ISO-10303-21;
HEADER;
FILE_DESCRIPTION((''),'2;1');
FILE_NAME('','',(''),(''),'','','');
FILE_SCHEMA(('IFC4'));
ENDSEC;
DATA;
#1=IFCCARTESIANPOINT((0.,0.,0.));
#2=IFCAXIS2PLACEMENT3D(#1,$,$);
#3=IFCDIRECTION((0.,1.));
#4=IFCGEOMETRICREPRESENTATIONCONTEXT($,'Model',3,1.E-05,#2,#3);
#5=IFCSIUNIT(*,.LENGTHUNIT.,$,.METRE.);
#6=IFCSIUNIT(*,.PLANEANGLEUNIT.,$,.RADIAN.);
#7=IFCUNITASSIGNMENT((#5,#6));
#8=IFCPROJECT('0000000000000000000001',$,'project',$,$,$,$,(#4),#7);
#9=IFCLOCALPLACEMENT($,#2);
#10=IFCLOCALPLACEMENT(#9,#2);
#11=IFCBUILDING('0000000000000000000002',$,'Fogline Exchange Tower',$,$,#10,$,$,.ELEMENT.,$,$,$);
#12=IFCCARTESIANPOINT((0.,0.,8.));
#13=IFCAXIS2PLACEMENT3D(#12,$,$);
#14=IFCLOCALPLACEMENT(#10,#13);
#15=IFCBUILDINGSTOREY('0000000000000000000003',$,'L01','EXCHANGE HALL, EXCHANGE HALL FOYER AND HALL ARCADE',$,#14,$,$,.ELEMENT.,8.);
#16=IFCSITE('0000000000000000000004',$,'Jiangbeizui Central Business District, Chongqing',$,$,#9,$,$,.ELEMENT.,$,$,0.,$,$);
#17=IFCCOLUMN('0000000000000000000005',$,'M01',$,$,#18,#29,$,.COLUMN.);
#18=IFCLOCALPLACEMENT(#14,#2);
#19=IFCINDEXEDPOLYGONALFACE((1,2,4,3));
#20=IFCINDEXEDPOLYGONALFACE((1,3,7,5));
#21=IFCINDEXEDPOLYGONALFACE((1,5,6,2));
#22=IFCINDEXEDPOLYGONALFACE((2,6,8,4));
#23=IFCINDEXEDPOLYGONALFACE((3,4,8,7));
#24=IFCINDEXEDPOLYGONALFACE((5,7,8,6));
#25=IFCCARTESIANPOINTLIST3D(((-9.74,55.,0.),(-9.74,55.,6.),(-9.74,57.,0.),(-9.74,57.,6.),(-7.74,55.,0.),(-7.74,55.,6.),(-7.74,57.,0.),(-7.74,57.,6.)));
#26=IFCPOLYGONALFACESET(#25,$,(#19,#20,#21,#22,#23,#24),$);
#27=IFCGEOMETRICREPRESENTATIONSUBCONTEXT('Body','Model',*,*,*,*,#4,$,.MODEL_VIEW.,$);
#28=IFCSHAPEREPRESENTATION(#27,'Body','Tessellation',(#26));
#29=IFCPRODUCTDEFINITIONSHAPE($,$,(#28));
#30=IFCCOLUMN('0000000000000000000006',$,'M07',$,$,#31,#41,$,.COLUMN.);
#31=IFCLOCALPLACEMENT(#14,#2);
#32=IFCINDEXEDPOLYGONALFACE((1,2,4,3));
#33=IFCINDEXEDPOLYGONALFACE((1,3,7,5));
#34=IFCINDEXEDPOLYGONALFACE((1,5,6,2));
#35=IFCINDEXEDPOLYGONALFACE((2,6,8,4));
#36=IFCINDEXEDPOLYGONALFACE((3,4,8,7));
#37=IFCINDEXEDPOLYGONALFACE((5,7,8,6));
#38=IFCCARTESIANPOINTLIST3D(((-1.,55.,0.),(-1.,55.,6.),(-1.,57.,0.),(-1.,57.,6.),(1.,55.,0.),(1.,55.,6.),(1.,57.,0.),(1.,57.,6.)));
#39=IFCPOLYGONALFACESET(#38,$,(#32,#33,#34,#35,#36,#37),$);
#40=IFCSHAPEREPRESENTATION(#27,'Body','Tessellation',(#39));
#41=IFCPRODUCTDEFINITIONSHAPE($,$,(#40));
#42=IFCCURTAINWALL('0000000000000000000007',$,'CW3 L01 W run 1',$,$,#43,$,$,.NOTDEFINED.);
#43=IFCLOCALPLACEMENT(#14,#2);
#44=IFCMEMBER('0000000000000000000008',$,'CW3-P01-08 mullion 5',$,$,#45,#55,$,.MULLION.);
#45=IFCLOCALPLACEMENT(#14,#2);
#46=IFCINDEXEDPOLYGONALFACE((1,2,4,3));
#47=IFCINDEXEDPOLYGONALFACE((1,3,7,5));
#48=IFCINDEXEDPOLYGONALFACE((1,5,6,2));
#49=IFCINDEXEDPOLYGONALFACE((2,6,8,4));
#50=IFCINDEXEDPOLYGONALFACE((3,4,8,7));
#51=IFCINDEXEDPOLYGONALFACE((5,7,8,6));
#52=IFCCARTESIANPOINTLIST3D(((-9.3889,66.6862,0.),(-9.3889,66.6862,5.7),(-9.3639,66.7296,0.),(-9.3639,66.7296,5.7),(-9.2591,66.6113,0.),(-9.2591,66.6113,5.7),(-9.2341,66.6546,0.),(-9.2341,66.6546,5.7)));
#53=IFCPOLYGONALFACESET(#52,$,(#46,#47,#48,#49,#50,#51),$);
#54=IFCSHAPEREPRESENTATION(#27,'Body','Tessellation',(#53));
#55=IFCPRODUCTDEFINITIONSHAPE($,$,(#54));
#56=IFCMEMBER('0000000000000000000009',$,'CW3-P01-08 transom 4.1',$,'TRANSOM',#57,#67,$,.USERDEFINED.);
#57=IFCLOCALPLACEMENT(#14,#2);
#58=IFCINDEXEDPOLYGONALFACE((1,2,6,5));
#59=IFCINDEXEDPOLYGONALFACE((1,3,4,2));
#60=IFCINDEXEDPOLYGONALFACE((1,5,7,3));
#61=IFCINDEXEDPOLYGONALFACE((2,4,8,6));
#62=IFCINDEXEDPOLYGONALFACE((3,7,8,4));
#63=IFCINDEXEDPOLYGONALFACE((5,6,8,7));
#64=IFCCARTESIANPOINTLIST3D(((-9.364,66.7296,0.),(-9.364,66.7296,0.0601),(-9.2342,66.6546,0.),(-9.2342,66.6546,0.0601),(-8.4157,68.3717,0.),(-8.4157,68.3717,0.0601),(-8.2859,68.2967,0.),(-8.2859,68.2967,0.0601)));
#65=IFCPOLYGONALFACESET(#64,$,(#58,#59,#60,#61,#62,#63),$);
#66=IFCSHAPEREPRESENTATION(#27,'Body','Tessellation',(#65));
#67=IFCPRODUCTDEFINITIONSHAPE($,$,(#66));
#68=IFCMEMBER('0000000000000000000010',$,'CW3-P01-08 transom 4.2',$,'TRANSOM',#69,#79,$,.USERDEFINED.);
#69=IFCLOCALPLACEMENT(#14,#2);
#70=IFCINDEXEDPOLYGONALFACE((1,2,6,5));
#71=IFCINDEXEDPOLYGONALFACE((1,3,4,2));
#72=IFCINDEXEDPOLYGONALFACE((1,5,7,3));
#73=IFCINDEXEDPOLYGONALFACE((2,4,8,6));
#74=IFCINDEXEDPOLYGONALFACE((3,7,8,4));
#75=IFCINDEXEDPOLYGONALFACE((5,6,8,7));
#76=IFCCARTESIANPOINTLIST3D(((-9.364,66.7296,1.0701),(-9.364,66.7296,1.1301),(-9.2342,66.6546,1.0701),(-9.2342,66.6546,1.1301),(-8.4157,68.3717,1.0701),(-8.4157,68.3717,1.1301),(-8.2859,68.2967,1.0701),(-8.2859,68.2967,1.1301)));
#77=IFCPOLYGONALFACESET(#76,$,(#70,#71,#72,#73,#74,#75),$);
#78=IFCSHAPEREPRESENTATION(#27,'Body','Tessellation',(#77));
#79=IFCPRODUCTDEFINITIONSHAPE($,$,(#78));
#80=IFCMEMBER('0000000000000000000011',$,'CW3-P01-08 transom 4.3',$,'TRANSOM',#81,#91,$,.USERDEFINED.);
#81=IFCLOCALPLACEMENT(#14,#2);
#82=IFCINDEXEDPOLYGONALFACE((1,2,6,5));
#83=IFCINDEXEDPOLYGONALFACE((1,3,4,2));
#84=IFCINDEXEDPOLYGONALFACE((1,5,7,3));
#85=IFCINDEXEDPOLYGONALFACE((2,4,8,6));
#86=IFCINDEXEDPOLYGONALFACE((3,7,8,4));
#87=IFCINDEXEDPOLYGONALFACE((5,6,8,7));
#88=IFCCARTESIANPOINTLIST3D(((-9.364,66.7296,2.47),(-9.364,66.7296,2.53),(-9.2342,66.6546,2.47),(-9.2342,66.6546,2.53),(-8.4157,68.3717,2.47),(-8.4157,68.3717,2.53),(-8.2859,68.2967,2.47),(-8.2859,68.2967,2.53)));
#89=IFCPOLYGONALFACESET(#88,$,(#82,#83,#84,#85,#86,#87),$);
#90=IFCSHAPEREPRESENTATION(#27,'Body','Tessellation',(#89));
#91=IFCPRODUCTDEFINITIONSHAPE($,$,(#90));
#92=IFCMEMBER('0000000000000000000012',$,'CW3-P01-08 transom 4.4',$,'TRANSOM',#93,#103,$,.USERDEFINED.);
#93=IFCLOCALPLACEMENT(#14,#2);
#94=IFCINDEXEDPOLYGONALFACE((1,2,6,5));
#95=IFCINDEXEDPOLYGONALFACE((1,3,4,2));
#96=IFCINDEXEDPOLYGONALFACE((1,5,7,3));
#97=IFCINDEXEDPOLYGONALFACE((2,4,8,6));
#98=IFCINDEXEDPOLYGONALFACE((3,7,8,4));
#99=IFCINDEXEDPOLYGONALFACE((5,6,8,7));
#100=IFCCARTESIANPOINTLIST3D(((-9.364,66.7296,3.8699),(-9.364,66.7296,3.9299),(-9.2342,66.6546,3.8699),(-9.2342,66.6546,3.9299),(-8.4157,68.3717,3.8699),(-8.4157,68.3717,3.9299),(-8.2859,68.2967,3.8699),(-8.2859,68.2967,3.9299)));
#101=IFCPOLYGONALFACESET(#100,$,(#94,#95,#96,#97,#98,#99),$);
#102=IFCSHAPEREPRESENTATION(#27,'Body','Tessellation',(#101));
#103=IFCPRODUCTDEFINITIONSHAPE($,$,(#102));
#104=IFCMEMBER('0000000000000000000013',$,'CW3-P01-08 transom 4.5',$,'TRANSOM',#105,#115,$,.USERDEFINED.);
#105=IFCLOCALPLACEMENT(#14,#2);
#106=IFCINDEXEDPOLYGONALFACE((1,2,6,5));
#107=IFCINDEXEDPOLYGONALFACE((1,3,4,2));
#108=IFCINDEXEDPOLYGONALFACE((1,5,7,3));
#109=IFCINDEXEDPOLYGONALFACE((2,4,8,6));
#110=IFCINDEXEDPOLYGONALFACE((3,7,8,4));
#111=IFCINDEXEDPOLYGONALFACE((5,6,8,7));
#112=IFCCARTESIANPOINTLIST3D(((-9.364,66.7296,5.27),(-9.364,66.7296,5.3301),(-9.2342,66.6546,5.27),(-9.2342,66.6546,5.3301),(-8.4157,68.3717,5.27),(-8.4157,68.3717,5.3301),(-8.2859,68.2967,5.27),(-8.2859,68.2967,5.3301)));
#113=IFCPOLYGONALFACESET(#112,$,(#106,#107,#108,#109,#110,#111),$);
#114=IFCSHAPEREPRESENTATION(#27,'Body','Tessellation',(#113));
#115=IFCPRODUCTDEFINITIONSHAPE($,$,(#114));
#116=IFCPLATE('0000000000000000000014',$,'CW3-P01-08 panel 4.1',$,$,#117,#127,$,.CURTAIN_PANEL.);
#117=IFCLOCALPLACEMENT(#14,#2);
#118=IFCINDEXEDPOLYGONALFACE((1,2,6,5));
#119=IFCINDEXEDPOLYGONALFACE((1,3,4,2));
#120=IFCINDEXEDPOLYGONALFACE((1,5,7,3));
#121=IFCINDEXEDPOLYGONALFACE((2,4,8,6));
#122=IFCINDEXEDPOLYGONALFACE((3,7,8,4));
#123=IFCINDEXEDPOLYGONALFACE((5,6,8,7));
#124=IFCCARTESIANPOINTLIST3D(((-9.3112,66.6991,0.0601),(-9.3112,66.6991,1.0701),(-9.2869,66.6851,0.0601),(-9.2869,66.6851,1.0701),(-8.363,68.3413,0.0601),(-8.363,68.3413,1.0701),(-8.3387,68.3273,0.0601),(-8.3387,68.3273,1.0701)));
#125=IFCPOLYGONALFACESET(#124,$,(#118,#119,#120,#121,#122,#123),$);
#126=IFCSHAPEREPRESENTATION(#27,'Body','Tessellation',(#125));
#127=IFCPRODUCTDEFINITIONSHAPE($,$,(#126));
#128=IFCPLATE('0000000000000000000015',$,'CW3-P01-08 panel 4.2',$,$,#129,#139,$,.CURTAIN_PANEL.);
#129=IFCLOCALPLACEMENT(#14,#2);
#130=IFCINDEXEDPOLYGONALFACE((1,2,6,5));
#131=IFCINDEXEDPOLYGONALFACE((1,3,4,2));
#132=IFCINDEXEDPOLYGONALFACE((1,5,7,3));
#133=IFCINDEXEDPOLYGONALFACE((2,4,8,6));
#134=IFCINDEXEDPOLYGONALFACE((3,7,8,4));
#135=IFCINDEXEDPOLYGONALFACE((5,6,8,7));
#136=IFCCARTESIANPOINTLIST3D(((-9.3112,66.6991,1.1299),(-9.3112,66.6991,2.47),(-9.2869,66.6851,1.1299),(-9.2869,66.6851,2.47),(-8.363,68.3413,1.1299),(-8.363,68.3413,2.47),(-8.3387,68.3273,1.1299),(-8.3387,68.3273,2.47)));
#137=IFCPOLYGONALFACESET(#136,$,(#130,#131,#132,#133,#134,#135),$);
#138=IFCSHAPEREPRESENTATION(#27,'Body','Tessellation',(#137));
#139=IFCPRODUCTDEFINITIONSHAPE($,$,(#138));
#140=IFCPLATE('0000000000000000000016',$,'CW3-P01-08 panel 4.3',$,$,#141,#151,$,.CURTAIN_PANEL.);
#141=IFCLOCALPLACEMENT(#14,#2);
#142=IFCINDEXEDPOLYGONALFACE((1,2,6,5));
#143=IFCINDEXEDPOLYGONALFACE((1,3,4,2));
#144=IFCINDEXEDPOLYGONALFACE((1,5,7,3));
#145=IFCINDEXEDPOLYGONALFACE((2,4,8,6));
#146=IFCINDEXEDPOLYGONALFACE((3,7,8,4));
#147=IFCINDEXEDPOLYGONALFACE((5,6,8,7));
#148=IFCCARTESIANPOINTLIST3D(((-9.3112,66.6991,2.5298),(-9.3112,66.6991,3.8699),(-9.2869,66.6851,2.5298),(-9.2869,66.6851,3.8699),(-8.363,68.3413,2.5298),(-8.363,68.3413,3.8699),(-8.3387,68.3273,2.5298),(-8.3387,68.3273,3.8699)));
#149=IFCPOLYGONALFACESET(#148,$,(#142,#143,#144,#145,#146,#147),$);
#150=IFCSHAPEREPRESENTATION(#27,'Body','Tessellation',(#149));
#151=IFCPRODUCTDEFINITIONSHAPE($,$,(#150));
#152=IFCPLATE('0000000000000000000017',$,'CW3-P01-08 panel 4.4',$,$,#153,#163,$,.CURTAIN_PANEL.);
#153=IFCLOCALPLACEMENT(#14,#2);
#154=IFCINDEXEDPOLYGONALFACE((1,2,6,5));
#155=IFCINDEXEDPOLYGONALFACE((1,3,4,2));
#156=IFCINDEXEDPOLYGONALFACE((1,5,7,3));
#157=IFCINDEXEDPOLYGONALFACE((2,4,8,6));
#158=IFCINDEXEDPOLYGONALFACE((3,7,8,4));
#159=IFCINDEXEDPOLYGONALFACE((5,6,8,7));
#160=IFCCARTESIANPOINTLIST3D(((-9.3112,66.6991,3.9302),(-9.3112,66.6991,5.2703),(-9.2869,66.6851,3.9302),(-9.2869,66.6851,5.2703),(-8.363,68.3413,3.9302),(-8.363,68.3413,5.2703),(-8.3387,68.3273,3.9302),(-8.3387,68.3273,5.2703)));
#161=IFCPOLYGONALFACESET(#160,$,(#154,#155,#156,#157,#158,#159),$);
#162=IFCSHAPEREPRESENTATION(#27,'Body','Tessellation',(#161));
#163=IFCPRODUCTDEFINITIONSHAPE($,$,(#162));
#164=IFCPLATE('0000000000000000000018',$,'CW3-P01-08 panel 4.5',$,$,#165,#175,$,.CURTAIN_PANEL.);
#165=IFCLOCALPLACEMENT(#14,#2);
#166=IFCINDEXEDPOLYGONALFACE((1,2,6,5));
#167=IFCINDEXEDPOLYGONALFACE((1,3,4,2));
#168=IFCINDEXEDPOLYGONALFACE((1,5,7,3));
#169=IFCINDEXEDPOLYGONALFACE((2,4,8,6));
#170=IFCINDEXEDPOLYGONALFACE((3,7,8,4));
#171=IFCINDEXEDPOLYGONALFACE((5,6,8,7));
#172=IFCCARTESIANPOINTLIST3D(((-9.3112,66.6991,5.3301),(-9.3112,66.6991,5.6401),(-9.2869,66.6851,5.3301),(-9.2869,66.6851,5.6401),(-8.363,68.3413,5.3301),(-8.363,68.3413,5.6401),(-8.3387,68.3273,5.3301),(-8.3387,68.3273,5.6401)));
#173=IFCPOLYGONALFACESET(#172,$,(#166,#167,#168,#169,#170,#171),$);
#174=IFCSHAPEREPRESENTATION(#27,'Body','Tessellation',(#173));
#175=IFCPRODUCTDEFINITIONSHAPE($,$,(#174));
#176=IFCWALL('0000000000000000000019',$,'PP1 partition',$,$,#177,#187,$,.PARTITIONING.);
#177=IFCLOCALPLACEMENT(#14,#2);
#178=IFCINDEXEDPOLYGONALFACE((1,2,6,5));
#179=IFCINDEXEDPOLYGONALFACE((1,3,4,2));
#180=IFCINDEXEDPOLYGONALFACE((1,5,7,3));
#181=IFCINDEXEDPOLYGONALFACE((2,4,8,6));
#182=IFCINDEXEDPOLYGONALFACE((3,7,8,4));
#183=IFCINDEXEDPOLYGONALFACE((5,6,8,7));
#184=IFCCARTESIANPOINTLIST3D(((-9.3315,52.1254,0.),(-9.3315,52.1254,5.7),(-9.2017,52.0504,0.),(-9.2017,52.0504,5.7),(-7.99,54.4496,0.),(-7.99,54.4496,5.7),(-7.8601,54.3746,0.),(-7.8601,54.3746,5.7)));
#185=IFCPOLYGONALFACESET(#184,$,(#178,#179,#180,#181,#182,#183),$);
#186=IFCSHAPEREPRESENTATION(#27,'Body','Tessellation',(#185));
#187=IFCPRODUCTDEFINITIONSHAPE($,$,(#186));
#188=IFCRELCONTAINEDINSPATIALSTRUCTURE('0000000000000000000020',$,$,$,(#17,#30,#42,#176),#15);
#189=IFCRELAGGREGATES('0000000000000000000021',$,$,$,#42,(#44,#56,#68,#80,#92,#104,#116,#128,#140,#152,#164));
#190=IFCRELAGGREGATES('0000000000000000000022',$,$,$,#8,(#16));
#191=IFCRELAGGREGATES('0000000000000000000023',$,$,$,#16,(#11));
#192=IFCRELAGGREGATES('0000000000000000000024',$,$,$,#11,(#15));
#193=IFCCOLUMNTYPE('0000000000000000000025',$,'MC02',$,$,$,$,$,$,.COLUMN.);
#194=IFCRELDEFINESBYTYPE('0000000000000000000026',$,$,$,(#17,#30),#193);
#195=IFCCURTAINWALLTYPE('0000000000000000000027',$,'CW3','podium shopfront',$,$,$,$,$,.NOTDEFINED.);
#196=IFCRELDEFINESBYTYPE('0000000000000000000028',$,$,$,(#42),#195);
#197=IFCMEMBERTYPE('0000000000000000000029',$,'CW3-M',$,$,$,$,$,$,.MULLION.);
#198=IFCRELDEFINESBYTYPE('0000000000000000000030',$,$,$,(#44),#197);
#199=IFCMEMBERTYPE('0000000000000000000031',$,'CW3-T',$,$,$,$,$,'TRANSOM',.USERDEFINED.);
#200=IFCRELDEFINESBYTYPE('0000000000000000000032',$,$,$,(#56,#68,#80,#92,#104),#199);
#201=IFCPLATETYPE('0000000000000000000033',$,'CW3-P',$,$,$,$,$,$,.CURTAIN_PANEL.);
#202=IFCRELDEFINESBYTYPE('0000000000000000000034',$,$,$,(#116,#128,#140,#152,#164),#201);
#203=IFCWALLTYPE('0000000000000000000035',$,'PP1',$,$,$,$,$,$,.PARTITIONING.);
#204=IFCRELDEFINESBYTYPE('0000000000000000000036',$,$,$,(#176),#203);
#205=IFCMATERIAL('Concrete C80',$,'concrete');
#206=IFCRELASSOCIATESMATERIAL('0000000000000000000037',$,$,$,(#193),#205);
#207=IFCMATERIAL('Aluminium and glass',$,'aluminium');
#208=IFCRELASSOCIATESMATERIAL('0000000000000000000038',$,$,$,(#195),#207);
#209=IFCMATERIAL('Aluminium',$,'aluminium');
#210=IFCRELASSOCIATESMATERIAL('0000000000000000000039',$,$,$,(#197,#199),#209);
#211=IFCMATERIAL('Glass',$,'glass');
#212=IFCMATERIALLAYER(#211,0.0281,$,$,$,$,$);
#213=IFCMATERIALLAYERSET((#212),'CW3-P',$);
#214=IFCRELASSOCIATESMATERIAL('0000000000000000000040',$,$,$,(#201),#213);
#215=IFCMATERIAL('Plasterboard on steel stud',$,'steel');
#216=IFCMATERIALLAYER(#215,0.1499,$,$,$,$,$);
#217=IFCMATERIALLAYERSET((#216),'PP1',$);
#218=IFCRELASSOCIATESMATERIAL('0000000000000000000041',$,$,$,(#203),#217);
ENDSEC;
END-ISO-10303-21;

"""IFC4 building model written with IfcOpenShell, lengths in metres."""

from ifc_helpers import new_model, si_unit, direction, frame, frame_2d, origin, origin_2d, place, context, subcontext, project, spatial, rectangle, extrude, material, layer, layer_set, material_profile, profile_set, type_object, element, aggregate, save


model = new_model("IFC4")

# Units and contexts
model_context = context("Model", 3, precision=1e-05, world=origin(), true_north=direction((0.0, 1.0)))
body_context = subcontext(model_context, "Body", "Model", "MODEL_VIEW")
ifc_project = project(units=[si_unit("LENGTHUNIT", "METRE"), si_unit("PLANEANGLEUNIT", "RADIAN")], contexts=[model_context])

# Site, building, storey
site_placement = place(None, origin())
site = spatial("IfcSite", under=ifc_project, at=site_placement, Name="Jiangbeizui Central Business District, Chongqing", CompositionType="ELEMENT", RefElevation=0.0)
building_placement = place(site_placement, origin())
building = spatial("IfcBuilding", under=site, at=building_placement, Name="Fogline Exchange Tower", CompositionType="ELEMENT")
storey_placement = place(building_placement, frame((0.0, 0.0, 8.0)))
storey = spatial("IfcBuildingStorey", under=building, at=storey_placement, Name="L01", Description="EXCHANGE HALL, EXCHANGE HALL FOYER AND HALL ARCADE", CompositionType="ELEMENT", Elevation=8.0)

# Columns
ifc_material_1 = material(Name="Concrete C80", Category="concrete")
ifc_material_profile_1 = material_profile(ifc_material_1, rectangle(XDim=2.0, YDim=2.0, at=origin_2d()), Name="RC 2000x2000")
ifc_profile_set_1 = profile_set([ifc_material_profile_1], Name="Concrete C80")
column_type = type_object("IfcColumnType", Name="MC02", PredefinedType="COLUMN", material=ifc_profile_set_1)
for number, where, z_axis, x_axis, name in (
    (1, (-8.74, 56.0, 0.0), (0.0, 0.0, 1.0), (1.0, 0.0, 0.0), "M01"),
    (2, (0.0, 56.0, 0.0), (0.0, 0.0, 1.0), (1.0, 0.0, 0.0), "M07"),
):
    element("IfcColumn", number, at=place(storey_placement, frame(where, z_axis=z_axis, x_axis=x_axis)), inside=storey, type_object=column_type, Name=name, PredefinedType="COLUMN", context=body_context, shape_type="SweptSolid", body=[
        extrude(rectangle(XDim=2.0, YDim=2.0, at=origin_2d()), origin(), (0.0, 0.0, 1.0), 6.0),
    ])

# Curtain wall, members, plates
ifc_material_2 = material(Name="Aluminium and glass", Category="aluminium")
curtain_wall_type = type_object("IfcCurtainWallType", Name="CW3", Description="podium shopfront", PredefinedType="NOTDEFINED", material=ifc_material_2)
curtain_wall_placement = place(storey_placement, origin())
curtain_wall = element("IfcCurtainWall", 3, at=curtain_wall_placement, inside=storey, type_object=curtain_wall_type, Name="CW3 L01 W run 1", PredefinedType="NOTDEFINED")
ifc_material_3 = material(Name="Aluminium", Category="aluminium")
ifc_material_profile_2 = material_profile(ifc_material_3, rectangle(XDim=0.1499, YDim=0.05, at=origin_2d()), Name="Mullion 50x150")
ifc_profile_set_2 = profile_set([ifc_material_profile_2], Name="Aluminium")
member_type_1 = type_object("IfcMemberType", Name="CW3-M", PredefinedType="MULLION", material=ifc_profile_set_2)
member_1_placement = place(storey_placement, frame((-9.3115, 66.6704, 0.0), z_axis=(0.0, 0.0, 1.0), x_axis=(0.866025, -0.5, 0.0)))
member_1 = element("IfcMember", 4, at=member_1_placement, type_object=member_type_1, Name="CW3-P01-08 mullion 5", PredefinedType="MULLION", context=body_context, shape_type="SweptSolid", body=[
    extrude(rectangle(XDim=0.1499, YDim=0.05, at=origin_2d()), origin(), (0.0, 0.0, 1.0), 5.7),
])
ifc_material_profile_3 = material_profile(ifc_material_3, rectangle(XDim=0.1499, YDim=0.0601, at=origin_2d()), Name="Transom 60x150")
ifc_profile_set_3 = profile_set([ifc_material_profile_3], Name="Aluminium")
member_type_2 = type_object("IfcMemberType", Name="CW3-T", ElementType="TRANSOM", PredefinedType="USERDEFINED", material=ifc_profile_set_3)
member_2_placement = place(storey_placement, frame((-8.3508, 68.3342, 0.03), z_axis=(-0.500072, -0.865984, 0.0), x_axis=(0.865984, -0.500072, 0.0)))
member_2 = element("IfcMember", 5, at=member_2_placement, type_object=member_type_2, Name="CW3-P01-08 transom 4.1", ObjectType="TRANSOM", PredefinedType="USERDEFINED", context=body_context, shape_type="SweptSolid", body=[
    extrude(rectangle(XDim=0.1499, YDim=0.0601, at=origin_2d()), origin(), (0.0, 0.0, 1.0), 1.8962),
])
member_3_placement = place(storey_placement, frame((-8.3508, 68.3342, 1.1001), z_axis=(-0.500072, -0.865984, 0.0), x_axis=(0.865984, -0.500072, 0.0)))
member_3 = element("IfcMember", 6, at=member_3_placement, type_object=member_type_2, Name="CW3-P01-08 transom 4.2", ObjectType="TRANSOM", PredefinedType="USERDEFINED", context=body_context, shape_type="SweptSolid", body=[
    extrude(rectangle(XDim=0.1499, YDim=0.0601, at=origin_2d()), origin(), (0.0, 0.0, 1.0), 1.8962),
])
member_4_placement = place(storey_placement, frame((-8.3508, 68.3342, 2.5), z_axis=(-0.500072, -0.865984, 0.0), x_axis=(0.865984, -0.500072, 0.0)))
member_4 = element("IfcMember", 7, at=member_4_placement, type_object=member_type_2, Name="CW3-P01-08 transom 4.3", ObjectType="TRANSOM", PredefinedType="USERDEFINED", context=body_context, shape_type="SweptSolid", body=[
    extrude(rectangle(XDim=0.1499, YDim=0.0601, at=origin_2d()), origin(), (0.0, 0.0, 1.0), 1.8962),
])
member_5_placement = place(storey_placement, frame((-8.3508, 68.3342, 3.8999), z_axis=(-0.500072, -0.865984, 0.0), x_axis=(0.865984, -0.500072, 0.0)))
member_5 = element("IfcMember", 8, at=member_5_placement, type_object=member_type_2, Name="CW3-P01-08 transom 4.4", ObjectType="TRANSOM", PredefinedType="USERDEFINED", context=body_context, shape_type="SweptSolid", body=[
    extrude(rectangle(XDim=0.1499, YDim=0.0601, at=origin_2d()), origin(), (0.0, 0.0, 1.0), 1.8962),
])
member_6_placement = place(storey_placement, frame((-8.3508, 68.3342, 5.3), z_axis=(-0.500072, -0.865984, 0.0), x_axis=(0.865984, -0.500072, 0.0)))
member_6 = element("IfcMember", 9, at=member_6_placement, type_object=member_type_2, Name="CW3-P01-08 transom 4.5", ObjectType="TRANSOM", PredefinedType="USERDEFINED", context=body_context, shape_type="SweptSolid", body=[
    extrude(rectangle(XDim=0.1499, YDim=0.0601, at=origin_2d()), origin(), (0.0, 0.0, 1.0), 1.8962),
])
ifc_material_4 = material(Name="Glass", Category="glass")
ifc_layer_1 = layer(ifc_material_4, 0.0281)
ifc_layer_set_1 = layer_set([ifc_layer_1], Name="CW3-P")
plate_type = type_object("IfcPlateType", Name="CW3-P", PredefinedType="CURTAIN_PANEL", material=ifc_layer_set_1)
plate_1_placement = place(storey_placement, frame((-8.825, 67.5132, 0.0601), z_axis=(0.0, 0.0, 1.0), x_axis=(-0.5, -0.866025, 0.0)))
plate_1 = element("IfcPlate", 10, at=plate_1_placement, type_object=plate_type, Name="CW3-P01-08 panel 4.1", PredefinedType="CURTAIN_PANEL", context=body_context, shape_type="SweptSolid", body=[
    extrude(rectangle(XDim=1.8962, YDim=0.0281, at=origin_2d()), origin(), (0.0, 0.0, 1.0), 1.01),
])
plate_2_placement = place(storey_placement, frame((-8.825, 67.5132, 1.1299), z_axis=(0.0, 0.0, 1.0), x_axis=(-0.5, -0.866025, 0.0)))
plate_2 = element("IfcPlate", 11, at=plate_2_placement, type_object=plate_type, Name="CW3-P01-08 panel 4.2", PredefinedType="CURTAIN_PANEL", context=body_context, shape_type="SweptSolid", body=[
    extrude(rectangle(XDim=1.8962, YDim=0.0281, at=origin_2d()), origin(), (0.0, 0.0, 1.0), 1.3401),
])
plate_3_placement = place(storey_placement, frame((-8.825, 67.5132, 2.5298), z_axis=(0.0, 0.0, 1.0), x_axis=(-0.5, -0.866025, 0.0)))
plate_3 = element("IfcPlate", 12, at=plate_3_placement, type_object=plate_type, Name="CW3-P01-08 panel 4.3", PredefinedType="CURTAIN_PANEL", context=body_context, shape_type="SweptSolid", body=[
    extrude(rectangle(XDim=1.8962, YDim=0.0281, at=origin_2d()), origin(), (0.0, 0.0, 1.0), 1.3401),
])
plate_4_placement = place(storey_placement, frame((-8.825, 67.5132, 3.9302), z_axis=(0.0, 0.0, 1.0), x_axis=(-0.5, -0.866025, 0.0)))
plate_4 = element("IfcPlate", 13, at=plate_4_placement, type_object=plate_type, Name="CW3-P01-08 panel 4.4", PredefinedType="CURTAIN_PANEL", context=body_context, shape_type="SweptSolid", body=[
    extrude(rectangle(XDim=1.8962, YDim=0.0281, at=origin_2d()), origin(), (0.0, 0.0, 1.0), 1.3401),
])
plate_5_placement = place(storey_placement, frame((-8.825, 67.5132, 5.3301), z_axis=(0.0, 0.0, 1.0), x_axis=(-0.5, -0.866025, 0.0)))
plate_5 = element("IfcPlate", 14, at=plate_5_placement, type_object=plate_type, Name="CW3-P01-08 panel 4.5", PredefinedType="CURTAIN_PANEL", context=body_context, shape_type="SweptSolid", body=[
    extrude(rectangle(XDim=1.8962, YDim=0.0281, at=origin_2d()), origin(), (0.0, 0.0, 1.0), 0.3101),
])
aggregate(curtain_wall, [member_1, member_2, member_3, member_4, member_5, member_6, plate_1, plate_2, plate_3, plate_4, plate_5])

# Wall
ifc_material_5 = material(Name="Plasterboard on steel stud", Category="steel")
ifc_layer_2 = layer(ifc_material_5, 0.1499)
ifc_layer_set_2 = layer_set([ifc_layer_2], Name="PP1")
wall_type_1 = type_object("IfcWallType", Name="PP1", PredefinedType="PARTITIONING", material=ifc_layer_set_2)
wall_1_placement = place(storey_placement, frame((-9.2666, 52.0879, 0.0), z_axis=(0.0, 0.0, 1.0), x_axis=(0.499906, 0.86608, 0.0)))
element("IfcWall", 15, at=wall_1_placement, inside=storey, type_object=wall_type_1, Name="PP1 partition", PredefinedType="PARTITIONING", context=body_context, shape_type="SweptSolid", body=[
    extrude(rectangle(XDim=2.6836, YDim=0.1499, at=frame_2d((1.3418, 0.0))), origin(), (0.0, 0.0, 1.0), 5.7),
])

save(model, "model.ifc")
